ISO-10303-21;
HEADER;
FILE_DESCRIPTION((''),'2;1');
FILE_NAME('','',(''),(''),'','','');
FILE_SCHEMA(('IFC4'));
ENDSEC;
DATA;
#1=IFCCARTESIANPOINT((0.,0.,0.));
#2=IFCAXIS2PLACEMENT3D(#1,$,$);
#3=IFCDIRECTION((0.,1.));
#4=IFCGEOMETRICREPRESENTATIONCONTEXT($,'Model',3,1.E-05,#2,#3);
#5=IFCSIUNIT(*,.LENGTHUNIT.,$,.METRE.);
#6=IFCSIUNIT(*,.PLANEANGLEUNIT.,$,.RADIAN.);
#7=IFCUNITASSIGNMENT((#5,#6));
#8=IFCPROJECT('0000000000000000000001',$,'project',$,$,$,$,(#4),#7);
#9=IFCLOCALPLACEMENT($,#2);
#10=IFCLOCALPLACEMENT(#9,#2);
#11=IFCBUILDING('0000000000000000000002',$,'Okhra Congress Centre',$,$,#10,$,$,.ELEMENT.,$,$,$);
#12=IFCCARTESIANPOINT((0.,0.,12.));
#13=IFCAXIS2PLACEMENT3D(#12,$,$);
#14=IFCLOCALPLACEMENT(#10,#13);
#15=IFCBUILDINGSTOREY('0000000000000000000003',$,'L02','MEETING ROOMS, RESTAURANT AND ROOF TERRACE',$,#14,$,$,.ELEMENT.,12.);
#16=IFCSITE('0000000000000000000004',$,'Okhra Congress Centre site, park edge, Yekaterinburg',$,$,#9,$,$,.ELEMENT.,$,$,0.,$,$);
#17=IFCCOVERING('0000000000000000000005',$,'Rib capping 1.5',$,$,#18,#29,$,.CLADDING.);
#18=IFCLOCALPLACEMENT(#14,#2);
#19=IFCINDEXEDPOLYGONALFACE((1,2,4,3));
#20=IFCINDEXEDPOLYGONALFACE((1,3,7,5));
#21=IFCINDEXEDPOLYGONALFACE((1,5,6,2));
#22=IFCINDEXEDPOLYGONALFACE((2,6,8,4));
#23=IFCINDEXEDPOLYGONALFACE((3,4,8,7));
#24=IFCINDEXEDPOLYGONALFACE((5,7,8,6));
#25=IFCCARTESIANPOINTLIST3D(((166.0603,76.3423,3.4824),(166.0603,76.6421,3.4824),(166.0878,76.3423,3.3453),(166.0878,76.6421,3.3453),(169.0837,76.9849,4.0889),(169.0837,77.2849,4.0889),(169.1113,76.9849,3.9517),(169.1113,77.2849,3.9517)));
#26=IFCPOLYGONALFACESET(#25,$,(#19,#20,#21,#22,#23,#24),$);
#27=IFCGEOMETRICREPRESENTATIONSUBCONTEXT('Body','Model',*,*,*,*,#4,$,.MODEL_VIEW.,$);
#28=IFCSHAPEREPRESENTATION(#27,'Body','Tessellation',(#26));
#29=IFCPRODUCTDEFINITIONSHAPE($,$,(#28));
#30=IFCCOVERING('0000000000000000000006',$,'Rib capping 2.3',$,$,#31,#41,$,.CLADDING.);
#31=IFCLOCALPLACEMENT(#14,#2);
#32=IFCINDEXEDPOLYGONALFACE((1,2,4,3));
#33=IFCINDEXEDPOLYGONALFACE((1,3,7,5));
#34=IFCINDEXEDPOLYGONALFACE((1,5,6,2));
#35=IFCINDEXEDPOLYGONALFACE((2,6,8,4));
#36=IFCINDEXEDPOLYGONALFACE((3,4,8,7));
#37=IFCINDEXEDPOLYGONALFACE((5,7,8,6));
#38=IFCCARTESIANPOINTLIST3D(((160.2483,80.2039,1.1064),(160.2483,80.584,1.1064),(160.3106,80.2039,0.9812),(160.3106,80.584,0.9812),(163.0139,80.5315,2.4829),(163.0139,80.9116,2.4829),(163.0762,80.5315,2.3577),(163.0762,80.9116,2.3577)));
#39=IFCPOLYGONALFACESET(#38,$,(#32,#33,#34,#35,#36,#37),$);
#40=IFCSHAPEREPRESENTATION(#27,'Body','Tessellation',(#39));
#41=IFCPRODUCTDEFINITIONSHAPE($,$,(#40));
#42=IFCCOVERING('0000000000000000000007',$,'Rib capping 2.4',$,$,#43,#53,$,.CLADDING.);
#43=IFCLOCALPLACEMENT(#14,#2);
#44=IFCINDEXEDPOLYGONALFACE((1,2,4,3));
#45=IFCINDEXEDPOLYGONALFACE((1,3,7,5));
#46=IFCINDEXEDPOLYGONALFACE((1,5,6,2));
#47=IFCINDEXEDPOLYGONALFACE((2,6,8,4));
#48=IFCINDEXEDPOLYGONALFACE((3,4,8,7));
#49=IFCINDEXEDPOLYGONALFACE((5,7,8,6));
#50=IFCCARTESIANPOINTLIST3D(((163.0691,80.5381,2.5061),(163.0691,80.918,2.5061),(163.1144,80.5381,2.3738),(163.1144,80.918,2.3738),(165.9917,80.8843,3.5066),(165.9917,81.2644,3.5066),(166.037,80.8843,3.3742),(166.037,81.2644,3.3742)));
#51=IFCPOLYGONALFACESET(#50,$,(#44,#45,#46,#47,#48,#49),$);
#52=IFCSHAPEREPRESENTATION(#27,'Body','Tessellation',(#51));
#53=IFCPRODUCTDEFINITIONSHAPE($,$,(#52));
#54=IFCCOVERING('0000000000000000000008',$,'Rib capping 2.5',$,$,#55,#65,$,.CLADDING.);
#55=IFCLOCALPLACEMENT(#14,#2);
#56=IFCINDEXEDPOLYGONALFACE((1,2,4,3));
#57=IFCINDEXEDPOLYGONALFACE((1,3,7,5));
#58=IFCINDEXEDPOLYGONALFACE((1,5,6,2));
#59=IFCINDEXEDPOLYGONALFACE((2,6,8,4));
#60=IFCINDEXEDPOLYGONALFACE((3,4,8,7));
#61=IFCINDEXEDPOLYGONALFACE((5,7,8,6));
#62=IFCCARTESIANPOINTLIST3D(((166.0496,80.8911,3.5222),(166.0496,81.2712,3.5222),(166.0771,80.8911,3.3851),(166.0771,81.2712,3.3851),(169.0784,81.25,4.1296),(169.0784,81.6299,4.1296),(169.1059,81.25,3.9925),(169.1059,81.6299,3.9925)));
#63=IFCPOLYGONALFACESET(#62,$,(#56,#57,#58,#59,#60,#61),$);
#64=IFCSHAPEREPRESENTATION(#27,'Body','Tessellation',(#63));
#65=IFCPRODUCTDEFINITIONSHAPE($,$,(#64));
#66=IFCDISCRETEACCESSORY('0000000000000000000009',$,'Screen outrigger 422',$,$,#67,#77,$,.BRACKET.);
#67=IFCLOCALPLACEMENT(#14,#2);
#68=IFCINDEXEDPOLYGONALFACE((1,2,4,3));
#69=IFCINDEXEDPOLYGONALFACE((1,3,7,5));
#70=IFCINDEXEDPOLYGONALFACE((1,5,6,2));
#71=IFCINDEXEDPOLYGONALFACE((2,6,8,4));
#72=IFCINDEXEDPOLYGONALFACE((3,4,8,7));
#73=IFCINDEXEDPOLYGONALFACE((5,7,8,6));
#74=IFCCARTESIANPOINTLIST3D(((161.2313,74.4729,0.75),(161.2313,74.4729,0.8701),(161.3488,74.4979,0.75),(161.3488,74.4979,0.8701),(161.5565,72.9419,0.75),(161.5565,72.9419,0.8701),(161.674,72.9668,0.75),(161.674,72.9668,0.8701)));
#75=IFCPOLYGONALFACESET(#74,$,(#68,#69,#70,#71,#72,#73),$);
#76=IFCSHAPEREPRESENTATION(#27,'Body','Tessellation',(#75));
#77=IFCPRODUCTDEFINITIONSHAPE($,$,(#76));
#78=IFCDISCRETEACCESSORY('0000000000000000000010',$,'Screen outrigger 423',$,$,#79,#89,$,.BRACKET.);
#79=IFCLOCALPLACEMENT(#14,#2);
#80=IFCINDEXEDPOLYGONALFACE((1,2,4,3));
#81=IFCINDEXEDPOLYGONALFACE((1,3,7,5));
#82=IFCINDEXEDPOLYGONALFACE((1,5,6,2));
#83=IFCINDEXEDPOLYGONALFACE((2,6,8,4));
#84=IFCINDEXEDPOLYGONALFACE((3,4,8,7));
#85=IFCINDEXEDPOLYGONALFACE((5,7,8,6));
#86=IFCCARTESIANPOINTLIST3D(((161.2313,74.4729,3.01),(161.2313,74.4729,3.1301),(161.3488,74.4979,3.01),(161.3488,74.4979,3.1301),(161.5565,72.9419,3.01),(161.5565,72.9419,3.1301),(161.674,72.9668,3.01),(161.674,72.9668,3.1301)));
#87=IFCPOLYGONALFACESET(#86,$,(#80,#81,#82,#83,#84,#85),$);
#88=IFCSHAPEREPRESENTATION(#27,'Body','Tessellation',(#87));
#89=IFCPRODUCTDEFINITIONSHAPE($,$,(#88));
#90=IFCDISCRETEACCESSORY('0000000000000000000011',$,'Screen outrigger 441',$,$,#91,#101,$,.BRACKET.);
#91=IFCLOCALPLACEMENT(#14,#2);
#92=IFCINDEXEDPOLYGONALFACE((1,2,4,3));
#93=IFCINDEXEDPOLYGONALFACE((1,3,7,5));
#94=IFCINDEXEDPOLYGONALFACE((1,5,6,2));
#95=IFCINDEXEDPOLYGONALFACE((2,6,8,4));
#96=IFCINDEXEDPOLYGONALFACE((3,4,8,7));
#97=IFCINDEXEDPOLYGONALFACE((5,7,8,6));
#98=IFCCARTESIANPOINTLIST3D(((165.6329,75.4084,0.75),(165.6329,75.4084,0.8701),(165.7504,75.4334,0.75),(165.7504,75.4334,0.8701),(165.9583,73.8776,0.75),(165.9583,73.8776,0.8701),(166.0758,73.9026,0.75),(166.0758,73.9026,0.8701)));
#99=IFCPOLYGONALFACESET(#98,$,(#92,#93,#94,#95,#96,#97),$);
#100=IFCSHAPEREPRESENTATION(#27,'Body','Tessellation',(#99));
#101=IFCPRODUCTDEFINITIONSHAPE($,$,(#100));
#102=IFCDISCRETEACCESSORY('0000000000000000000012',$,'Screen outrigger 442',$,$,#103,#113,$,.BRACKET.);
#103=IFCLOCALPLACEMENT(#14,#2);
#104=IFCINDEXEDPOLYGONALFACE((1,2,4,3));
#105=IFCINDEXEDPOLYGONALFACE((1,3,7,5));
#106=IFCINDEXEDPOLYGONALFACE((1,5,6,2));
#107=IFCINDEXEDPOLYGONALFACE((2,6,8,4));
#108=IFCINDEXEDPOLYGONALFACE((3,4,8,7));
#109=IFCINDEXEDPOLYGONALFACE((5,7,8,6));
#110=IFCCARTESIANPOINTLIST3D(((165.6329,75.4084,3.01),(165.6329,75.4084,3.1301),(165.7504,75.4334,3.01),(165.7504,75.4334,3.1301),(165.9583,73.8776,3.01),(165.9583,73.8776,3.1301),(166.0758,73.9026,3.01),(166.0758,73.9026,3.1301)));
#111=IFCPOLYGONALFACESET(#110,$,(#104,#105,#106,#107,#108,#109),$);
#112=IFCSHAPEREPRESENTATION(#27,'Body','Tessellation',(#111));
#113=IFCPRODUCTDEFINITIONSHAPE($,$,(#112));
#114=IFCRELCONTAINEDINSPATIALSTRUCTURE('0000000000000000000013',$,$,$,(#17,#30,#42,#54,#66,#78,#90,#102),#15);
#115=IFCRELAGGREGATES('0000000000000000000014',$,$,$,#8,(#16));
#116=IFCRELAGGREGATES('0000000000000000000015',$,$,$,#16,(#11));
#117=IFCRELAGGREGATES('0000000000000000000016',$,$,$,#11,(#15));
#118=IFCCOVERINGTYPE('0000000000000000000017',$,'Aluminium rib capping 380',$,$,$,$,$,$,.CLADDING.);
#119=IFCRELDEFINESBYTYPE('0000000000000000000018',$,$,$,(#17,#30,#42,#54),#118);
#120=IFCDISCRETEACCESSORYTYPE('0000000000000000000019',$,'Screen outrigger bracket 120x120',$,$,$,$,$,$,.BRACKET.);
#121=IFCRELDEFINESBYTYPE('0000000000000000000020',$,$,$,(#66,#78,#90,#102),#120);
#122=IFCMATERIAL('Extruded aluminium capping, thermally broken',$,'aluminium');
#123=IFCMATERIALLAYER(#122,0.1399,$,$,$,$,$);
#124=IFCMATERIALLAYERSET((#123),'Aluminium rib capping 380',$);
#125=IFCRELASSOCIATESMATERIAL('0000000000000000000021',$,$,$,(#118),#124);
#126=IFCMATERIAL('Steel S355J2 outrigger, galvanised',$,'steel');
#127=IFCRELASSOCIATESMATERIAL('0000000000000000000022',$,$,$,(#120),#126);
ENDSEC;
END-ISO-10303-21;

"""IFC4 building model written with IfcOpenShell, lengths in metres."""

from ifc_helpers import new_model, si_unit, direction, frame, origin, origin_2d, place, context, subcontext, project, spatial, polyline, rectangle, outline, extrude, material, layer, layer_set, material_profile, profile_set, type_object, element, save


model = new_model("IFC4")

# Units and contexts
model_context = context("Model", 3, precision=1e-05, world=origin(), true_north=direction((0.0, 1.0)))
body_context = subcontext(model_context, "Body", "Model", "MODEL_VIEW")
ifc_project = project(units=[si_unit("LENGTHUNIT", "METRE"), si_unit("PLANEANGLEUNIT", "RADIAN")], contexts=[model_context])

# Site, building, storey
site_placement = place(None, origin())
site = spatial("IfcSite", under=ifc_project, at=site_placement, Name="Okhra Congress Centre site, park edge, Yekaterinburg", CompositionType="ELEMENT", RefElevation=0.0)
building_placement = place(site_placement, origin())
building = spatial("IfcBuilding", under=site, at=building_placement, Name="Okhra Congress Centre", CompositionType="ELEMENT")
storey_placement = place(building_placement, frame((0.0, 0.0, 12.0)))
storey = spatial("IfcBuildingStorey", under=building, at=storey_placement, Name="L02", Description="MEETING ROOMS, RESTAURANT AND ROOF TERRACE", CompositionType="ELEMENT", Elevation=12.0)

# Coverings
ifc_material_1 = material(Name="Extruded aluminium capping, thermally broken", Category="aluminium")
ifc_layer_1 = layer(ifc_material_1, 0.1399)
ifc_layer_set_1 = layer_set([ifc_layer_1], Name="Aluminium rib capping 380")
covering_type = type_object("IfcCoveringType", Name="Aluminium rib capping 380", PredefinedType="CLADDING", material=ifc_layer_set_1)
covering_1_placement = place(storey_placement, frame((166.0603, 76.3423, 3.4824), z_axis=(-0.196664, 0.0, 0.980471), x_axis=(0.959853, 0.204, 0.192529)))
element("IfcCovering", 1, at=covering_1_placement, inside=storey, type_object=covering_type, Name="Rib capping 1.5", PredefinedType="CLADDING", context=body_context, shape_type="SweptSolid", body=[
    extrude(outline(polyline([(0.0, 0.0), (3.1499, 0.0), (3.2111, 0.2937), (0.0612, 0.2935), (0.0, 0.0)])), origin(), (0.0, 0.0, -1.0), 0.1399),
])
covering_2_placement = place(storey_placement, frame((160.2483, 80.2039, 1.1064), z_axis=(-0.445569, 0.0, 0.895248), x_axis=(0.890255, 0.105466, 0.443084)))
element("IfcCovering", 2, at=covering_2_placement, inside=storey, type_object=covering_type, Name="Rib capping 2.3", PredefinedType="CLADDING", context=body_context, shape_type="SweptSolid", body=[
    extrude(outline(polyline([(0.0, 0.0), (3.1066, 0.0), (3.1466, 0.378), (0.0401, 0.378), (0.0, 0.0)])), origin(), (0.0, 0.0, -1.0), 0.1399),
])
covering_3_placement = place(storey_placement, frame((163.0691, 80.5381, 2.5061), z_axis=(-0.323876, 0.0, 0.9461), x_axis=(0.940214, 0.111371, 0.321861)))
element("IfcCovering", 3, at=covering_3_placement, inside=storey, type_object=covering_type, Name="Rib capping 2.4", PredefinedType="CLADDING", context=body_context, shape_type="SweptSolid", body=[
    extrude(outline(polyline([(0.0, 0.0), (3.1084, 0.0), (3.1508, 0.3778), (0.0423, 0.3775), (0.0, 0.0)])), origin(), (0.0, 0.0, -1.0), 0.1399),
])
covering_4_placement = place(storey_placement, frame((166.0496, 80.8911, 3.5222), z_axis=(-0.196633, 0.0, 0.980477), x_axis=(0.973927, 0.115402, 0.195319)))
element("IfcCovering", 4, at=covering_4_placement, inside=storey, type_object=covering_type, Name="Rib capping 2.5", PredefinedType="CLADDING", context=body_context, shape_type="SweptSolid", body=[
    extrude(outline(polyline([(0.0, 0.0), (3.1099, 0.0), (3.1537, 0.3773), (0.0439, 0.3776), (0.0, 0.0)])), origin(), (0.0, 0.0, -1.0), 0.1399),
])

# Discrete accessories
ifc_material_2 = material(Name="Steel S355J2 outrigger, galvanised", Category="steel")
ifc_material_profile_1 = material_profile(ifc_material_2, rectangle(XDim=0.1201, YDim=0.1201, at=origin_2d()), Name="Screen outrigger bracket 120x120")
ifc_profile_set_1 = profile_set([ifc_material_profile_1], Name="Steel S355J2 outrigger, galvanised")
discrete_accessory_type = type_object("IfcDiscreteAccessoryType", Name="Screen outrigger bracket 120x120", PredefinedType="BRACKET", material=ifc_profile_set_1)
for number, where, z_axis, x_axis, name in (
    (5, (161.6152, 72.9543, 0.8101), (-0.207771, 0.978177, 0.0), (-0.978177, -0.207771, 0.0), "Screen outrigger 422"),
    (6, (161.6152, 72.9543, 3.0701), (-0.207771, 0.978177, 0.0), (-0.978177, -0.207771, 0.0), "Screen outrigger 423"),
):
    element("IfcDiscreteAccessory", number, at=place(storey_placement, frame(where, z_axis=z_axis, x_axis=x_axis)), inside=storey, type_object=discrete_accessory_type, Name=name, PredefinedType="BRACKET", context=body_context, shape_type="SweptSolid", body=[
        extrude(rectangle(XDim=0.1201, YDim=0.1201, at=origin_2d()), origin(), (0.0, 0.0, 1.0), 1.5652),
    ])
for number, where, z_axis, x_axis, name in (
    (7, (166.0171, 73.8901, 0.8101), (-0.207952, 0.978139, 0.0), (-0.978139, -0.207952, 0.0), "Screen outrigger 441"),
    (8, (166.0171, 73.8901, 3.0701), (-0.207952, 0.978139, 0.0), (-0.978139, -0.207952, 0.0), "Screen outrigger 442"),
):
    element("IfcDiscreteAccessory", number, at=place(storey_placement, frame(where, z_axis=z_axis, x_axis=x_axis)), inside=storey, type_object=discrete_accessory_type, Name=name, PredefinedType="BRACKET", context=body_context, shape_type="SweptSolid", body=[
        extrude(rectangle(XDim=0.1201, YDim=0.1201, at=origin_2d()), origin(), (0.0, 0.0, 1.0), 1.5649),
    ])

save(model, "model.ifc")
